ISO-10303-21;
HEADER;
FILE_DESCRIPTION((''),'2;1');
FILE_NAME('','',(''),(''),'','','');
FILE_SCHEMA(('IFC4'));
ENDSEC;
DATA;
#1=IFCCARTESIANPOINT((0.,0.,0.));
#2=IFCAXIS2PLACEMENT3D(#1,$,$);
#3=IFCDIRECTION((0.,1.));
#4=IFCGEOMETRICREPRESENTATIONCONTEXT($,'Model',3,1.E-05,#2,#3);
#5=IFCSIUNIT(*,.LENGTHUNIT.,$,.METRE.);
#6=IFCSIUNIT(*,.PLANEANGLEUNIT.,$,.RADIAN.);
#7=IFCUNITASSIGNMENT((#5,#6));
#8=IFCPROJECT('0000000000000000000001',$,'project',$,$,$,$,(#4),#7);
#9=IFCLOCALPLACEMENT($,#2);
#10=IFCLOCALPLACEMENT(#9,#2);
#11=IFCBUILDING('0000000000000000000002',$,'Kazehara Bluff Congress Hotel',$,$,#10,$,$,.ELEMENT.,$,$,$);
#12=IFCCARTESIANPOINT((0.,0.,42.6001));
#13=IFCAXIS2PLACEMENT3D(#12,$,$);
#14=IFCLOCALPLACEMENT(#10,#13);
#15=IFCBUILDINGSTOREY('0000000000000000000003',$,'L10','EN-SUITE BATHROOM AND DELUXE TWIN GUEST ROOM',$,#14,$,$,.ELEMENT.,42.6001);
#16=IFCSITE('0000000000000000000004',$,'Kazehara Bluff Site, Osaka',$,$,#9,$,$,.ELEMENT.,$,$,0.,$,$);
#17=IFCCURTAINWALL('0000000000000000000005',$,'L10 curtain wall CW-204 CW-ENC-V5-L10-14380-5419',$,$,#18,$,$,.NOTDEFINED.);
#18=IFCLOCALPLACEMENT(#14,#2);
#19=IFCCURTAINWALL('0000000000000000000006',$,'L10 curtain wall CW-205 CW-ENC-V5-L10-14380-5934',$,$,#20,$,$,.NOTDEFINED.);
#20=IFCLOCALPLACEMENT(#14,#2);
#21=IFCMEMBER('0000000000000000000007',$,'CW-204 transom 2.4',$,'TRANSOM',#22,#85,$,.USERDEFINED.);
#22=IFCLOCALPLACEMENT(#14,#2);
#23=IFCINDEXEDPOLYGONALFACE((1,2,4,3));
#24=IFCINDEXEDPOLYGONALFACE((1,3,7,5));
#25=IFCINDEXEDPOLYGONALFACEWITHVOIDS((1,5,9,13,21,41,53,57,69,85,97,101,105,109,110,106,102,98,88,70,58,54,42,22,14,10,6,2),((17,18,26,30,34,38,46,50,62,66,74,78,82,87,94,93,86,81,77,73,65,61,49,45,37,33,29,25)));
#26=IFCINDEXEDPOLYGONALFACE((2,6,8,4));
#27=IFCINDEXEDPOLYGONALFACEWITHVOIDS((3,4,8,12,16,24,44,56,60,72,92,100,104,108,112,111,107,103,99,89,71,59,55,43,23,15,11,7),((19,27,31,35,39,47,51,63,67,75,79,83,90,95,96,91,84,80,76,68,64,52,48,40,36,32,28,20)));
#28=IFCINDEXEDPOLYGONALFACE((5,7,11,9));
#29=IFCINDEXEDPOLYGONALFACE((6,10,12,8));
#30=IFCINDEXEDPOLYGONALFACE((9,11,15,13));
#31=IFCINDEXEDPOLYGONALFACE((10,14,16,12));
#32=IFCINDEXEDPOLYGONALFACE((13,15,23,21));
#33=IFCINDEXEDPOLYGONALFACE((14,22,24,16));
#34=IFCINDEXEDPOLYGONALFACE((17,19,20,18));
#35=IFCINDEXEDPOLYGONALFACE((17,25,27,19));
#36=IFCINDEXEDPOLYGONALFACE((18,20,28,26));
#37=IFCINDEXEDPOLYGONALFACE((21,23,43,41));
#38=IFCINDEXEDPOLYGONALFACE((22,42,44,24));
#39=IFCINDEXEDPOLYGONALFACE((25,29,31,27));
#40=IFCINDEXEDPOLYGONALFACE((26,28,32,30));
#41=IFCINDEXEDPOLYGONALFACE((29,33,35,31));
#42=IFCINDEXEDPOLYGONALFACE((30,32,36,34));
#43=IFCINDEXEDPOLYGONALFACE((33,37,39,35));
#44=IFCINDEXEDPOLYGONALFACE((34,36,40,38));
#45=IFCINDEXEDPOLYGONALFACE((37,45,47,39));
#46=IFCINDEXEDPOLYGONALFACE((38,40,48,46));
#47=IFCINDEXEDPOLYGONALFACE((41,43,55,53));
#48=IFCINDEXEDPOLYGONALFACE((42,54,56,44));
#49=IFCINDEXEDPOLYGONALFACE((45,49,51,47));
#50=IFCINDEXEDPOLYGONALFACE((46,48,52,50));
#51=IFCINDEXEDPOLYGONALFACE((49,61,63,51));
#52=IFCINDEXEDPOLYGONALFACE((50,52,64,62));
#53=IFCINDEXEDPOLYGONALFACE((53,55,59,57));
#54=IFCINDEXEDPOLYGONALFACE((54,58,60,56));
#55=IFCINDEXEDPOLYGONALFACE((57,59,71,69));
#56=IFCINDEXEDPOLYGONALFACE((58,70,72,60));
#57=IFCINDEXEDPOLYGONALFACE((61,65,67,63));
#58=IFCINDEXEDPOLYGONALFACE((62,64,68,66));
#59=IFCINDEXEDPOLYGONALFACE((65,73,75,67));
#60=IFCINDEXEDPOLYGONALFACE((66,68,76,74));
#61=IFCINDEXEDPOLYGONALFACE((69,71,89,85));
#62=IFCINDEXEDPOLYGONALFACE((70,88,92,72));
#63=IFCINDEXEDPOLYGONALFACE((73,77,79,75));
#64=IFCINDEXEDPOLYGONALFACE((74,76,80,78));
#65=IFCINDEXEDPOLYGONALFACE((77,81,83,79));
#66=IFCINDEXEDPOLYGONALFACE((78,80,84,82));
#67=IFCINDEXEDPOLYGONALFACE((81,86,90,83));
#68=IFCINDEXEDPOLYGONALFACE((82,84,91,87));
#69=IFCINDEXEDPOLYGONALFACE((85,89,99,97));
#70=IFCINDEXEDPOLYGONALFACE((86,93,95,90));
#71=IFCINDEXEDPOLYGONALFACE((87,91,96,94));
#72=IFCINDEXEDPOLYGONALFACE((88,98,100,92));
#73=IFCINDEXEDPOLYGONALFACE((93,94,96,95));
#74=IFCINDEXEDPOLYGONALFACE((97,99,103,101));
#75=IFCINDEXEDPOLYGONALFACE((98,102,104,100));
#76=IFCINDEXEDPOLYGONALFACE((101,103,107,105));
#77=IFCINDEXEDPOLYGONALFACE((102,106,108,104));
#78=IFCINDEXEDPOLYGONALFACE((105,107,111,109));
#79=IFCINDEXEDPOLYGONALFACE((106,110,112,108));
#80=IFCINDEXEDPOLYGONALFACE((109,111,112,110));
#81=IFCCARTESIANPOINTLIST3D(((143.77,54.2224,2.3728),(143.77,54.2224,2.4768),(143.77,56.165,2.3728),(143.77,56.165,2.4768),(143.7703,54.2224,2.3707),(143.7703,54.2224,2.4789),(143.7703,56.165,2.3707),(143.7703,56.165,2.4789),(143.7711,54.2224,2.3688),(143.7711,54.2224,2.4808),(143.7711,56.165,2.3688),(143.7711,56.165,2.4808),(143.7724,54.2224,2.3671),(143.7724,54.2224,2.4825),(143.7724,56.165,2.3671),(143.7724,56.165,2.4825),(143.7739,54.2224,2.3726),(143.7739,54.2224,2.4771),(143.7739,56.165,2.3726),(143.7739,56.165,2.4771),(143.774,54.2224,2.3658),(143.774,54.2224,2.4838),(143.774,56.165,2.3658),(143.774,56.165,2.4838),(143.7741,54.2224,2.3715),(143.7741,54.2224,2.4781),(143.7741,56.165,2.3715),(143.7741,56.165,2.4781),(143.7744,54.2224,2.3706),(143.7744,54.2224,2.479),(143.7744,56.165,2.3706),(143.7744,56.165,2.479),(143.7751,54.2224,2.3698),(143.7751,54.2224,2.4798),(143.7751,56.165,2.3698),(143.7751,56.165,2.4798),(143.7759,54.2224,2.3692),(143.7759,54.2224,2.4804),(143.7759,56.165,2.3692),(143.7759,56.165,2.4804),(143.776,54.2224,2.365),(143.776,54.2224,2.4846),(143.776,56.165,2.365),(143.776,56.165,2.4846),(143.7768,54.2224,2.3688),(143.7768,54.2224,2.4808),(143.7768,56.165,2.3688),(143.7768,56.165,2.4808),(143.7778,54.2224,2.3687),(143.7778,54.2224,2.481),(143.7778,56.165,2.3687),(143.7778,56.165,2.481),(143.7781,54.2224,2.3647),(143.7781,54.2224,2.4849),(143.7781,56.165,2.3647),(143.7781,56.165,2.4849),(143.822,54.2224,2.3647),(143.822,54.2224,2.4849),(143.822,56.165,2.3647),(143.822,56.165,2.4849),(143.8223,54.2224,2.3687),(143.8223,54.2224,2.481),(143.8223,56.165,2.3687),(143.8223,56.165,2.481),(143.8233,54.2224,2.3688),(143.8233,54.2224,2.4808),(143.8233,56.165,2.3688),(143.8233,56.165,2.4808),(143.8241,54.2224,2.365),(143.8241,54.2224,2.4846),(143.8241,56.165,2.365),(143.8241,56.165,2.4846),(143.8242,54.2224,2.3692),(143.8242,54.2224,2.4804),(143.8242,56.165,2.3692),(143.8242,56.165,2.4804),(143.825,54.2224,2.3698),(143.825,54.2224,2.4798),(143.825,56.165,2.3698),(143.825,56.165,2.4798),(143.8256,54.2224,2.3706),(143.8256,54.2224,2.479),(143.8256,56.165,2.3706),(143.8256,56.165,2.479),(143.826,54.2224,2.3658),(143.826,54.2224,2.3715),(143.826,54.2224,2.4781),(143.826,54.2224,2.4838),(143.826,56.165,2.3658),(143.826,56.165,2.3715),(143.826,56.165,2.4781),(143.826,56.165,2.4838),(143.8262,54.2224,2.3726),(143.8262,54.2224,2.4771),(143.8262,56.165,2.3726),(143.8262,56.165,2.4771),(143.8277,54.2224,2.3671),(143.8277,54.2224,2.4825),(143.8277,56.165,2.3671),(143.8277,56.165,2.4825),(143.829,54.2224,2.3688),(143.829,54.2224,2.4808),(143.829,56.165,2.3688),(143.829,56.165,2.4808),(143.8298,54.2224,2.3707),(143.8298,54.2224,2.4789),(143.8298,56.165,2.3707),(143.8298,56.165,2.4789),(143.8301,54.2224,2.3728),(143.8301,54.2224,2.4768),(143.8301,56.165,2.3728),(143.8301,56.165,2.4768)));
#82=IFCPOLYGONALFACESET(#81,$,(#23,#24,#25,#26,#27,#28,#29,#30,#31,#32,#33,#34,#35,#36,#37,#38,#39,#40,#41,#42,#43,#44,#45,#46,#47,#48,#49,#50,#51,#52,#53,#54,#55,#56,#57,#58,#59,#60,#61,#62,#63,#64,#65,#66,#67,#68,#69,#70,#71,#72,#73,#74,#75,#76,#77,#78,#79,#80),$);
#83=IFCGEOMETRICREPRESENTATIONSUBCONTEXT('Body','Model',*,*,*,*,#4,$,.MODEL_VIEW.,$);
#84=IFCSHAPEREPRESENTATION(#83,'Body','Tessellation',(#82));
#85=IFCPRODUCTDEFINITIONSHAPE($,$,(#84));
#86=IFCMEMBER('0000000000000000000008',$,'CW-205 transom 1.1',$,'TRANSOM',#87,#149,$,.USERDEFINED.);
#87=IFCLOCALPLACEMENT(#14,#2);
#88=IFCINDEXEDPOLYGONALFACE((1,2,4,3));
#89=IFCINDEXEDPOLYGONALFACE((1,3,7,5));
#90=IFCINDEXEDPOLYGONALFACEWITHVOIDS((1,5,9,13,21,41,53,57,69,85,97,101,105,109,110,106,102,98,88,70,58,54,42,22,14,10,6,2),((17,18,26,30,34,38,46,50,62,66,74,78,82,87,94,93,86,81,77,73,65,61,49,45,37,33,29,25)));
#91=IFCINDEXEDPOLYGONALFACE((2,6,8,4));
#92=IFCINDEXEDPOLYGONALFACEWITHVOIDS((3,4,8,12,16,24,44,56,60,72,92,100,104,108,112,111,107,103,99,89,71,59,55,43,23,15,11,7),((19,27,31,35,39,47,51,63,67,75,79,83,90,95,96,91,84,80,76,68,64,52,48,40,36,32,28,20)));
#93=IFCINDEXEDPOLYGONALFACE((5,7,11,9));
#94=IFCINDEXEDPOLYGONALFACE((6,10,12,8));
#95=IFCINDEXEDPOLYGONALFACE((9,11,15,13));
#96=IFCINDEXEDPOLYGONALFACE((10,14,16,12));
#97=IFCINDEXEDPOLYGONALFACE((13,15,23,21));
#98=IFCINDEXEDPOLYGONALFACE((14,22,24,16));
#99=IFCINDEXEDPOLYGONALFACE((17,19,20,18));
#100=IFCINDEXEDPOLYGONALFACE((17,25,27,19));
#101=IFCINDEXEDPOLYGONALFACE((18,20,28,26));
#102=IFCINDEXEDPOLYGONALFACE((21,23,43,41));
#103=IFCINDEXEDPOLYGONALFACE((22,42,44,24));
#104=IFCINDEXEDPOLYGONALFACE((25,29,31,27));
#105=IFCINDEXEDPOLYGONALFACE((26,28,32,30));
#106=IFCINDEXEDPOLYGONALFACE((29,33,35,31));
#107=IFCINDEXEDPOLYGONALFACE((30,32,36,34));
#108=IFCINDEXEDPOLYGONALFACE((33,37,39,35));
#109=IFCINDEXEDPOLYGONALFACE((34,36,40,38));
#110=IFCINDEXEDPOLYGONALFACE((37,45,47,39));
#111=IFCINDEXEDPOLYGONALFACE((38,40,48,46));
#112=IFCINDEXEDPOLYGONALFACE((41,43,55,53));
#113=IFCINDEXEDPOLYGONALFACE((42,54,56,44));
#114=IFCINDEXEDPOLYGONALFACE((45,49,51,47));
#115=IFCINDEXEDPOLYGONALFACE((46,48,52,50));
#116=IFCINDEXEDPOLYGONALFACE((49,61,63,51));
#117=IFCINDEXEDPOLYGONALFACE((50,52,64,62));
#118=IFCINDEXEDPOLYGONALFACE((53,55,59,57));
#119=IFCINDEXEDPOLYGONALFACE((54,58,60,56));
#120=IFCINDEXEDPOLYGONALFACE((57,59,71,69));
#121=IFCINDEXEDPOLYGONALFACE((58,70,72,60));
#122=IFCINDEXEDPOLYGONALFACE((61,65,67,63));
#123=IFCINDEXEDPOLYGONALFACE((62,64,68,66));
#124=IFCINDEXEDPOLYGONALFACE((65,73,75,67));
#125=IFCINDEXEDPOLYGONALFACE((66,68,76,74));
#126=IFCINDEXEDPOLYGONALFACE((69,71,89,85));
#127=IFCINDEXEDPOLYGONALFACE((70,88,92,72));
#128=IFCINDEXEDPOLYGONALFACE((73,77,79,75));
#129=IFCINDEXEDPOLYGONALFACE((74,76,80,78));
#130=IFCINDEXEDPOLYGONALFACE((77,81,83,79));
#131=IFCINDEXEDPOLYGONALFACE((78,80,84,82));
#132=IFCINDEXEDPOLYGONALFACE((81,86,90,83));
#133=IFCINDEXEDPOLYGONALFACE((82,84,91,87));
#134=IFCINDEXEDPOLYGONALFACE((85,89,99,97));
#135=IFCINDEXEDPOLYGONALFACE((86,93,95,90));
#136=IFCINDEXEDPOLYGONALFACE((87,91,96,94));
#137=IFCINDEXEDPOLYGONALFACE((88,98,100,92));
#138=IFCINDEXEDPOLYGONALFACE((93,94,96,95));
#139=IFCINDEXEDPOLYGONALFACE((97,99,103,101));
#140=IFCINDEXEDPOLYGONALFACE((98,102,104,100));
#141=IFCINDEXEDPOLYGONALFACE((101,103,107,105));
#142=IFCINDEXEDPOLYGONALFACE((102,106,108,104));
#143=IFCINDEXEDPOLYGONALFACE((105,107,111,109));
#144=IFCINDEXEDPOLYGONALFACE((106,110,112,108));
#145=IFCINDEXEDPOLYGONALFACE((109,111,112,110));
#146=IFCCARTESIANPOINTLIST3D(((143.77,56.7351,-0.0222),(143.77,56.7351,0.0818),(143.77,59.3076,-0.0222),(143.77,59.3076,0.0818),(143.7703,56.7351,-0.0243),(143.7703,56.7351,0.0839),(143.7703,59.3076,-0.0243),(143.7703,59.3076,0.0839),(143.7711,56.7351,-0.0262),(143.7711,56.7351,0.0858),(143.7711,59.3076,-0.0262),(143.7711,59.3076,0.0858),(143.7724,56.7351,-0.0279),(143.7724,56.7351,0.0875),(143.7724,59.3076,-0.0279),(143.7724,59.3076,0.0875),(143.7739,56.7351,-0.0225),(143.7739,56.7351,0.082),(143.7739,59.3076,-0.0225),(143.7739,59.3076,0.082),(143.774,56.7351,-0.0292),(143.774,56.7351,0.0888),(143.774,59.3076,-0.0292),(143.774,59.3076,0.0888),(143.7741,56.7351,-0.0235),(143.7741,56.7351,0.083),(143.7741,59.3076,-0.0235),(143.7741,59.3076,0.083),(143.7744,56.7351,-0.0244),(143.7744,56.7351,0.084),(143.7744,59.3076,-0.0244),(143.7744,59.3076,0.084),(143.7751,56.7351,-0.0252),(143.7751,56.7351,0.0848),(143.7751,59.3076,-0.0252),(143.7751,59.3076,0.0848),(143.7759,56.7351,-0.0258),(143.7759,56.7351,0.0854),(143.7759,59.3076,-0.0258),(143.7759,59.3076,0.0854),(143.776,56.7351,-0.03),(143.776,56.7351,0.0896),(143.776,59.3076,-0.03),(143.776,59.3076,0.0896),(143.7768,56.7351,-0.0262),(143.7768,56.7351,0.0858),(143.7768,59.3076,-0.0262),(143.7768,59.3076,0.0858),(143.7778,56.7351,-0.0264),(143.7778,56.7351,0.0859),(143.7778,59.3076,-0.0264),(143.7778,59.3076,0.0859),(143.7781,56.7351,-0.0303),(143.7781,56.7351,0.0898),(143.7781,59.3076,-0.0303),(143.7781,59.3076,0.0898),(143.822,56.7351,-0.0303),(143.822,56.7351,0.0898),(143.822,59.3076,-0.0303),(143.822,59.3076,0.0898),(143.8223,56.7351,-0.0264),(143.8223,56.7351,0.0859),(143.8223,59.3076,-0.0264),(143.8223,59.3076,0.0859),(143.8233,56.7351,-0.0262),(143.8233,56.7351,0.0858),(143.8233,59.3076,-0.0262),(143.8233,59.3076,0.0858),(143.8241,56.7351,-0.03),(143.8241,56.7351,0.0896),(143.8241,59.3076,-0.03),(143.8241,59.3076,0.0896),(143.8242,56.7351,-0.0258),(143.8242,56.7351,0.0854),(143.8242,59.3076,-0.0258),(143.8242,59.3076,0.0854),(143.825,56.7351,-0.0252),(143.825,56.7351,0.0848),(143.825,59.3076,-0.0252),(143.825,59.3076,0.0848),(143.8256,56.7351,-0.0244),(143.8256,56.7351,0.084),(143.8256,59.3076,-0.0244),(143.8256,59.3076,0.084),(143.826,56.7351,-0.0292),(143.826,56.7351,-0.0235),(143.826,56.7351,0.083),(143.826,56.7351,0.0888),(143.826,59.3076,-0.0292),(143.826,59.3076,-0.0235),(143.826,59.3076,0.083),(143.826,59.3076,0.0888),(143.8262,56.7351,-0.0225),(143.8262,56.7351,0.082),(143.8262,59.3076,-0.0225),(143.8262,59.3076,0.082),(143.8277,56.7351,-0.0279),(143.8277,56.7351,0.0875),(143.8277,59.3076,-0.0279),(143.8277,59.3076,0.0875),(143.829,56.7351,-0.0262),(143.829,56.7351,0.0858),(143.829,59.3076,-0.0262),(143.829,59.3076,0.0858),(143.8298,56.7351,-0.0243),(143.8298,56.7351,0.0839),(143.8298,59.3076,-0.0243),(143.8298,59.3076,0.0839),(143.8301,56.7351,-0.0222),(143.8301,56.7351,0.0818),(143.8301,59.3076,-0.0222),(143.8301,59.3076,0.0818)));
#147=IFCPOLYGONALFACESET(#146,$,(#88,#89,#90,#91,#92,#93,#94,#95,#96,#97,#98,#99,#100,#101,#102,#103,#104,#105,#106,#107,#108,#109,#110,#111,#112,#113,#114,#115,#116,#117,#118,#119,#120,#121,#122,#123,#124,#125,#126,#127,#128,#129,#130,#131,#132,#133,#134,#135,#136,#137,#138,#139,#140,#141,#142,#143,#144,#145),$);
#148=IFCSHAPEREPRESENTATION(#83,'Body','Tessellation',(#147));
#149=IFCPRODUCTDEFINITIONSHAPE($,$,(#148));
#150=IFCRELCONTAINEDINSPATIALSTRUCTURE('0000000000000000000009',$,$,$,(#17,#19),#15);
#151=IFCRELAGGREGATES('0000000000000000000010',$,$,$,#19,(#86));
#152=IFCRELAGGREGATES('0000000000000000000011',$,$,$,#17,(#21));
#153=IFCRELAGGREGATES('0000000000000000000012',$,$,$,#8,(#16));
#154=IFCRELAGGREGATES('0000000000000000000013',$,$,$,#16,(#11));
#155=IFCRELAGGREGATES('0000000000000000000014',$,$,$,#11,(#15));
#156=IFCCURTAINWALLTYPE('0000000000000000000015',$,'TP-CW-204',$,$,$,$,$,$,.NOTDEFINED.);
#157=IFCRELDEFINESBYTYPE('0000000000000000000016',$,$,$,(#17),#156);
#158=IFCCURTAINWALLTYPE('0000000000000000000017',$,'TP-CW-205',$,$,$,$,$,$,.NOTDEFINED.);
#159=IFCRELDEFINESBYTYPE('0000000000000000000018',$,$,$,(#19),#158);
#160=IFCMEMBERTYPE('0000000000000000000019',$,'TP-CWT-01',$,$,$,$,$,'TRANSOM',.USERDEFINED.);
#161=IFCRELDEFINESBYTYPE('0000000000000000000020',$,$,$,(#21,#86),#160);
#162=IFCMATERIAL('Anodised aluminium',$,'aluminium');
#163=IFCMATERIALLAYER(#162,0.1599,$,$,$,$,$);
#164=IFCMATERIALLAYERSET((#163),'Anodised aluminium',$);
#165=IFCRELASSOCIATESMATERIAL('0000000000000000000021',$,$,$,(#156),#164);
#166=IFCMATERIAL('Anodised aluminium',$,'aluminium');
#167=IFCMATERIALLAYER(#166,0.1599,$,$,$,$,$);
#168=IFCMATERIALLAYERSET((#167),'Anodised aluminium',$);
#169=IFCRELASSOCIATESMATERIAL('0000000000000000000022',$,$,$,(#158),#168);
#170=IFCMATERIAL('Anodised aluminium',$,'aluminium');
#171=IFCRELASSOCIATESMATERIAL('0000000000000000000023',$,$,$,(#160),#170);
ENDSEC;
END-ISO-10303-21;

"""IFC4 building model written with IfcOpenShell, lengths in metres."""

from ifc_helpers import new_model, si_unit, direction, frame, origin, origin_2d, place, context, subcontext, project, spatial, hollow_rectangle, extrude, material, layer, layer_set, material_profile, profile_set, type_object, element, aggregate, save


model = new_model("IFC4")

# Units and contexts
model_context = context("Model", 3, precision=1e-05, world=origin(), true_north=direction((0.0, 1.0)))
body_context = subcontext(model_context, "Body", "Model", "MODEL_VIEW")
ifc_project = project(units=[si_unit("LENGTHUNIT", "METRE"), si_unit("PLANEANGLEUNIT", "RADIAN")], contexts=[model_context])

# Site, building, storey
site_placement = place(None, origin())
site = spatial("IfcSite", under=ifc_project, at=site_placement, Name="Kazehara Bluff Site, Osaka", CompositionType="ELEMENT", RefElevation=0.0)
building_placement = place(site_placement, origin())
building = spatial("IfcBuilding", under=site, at=building_placement, Name="Kazehara Bluff Congress Hotel", CompositionType="ELEMENT")
storey_placement = place(building_placement, frame((0.0, 0.0, 42.6001)))
storey = spatial("IfcBuildingStorey", under=building, at=storey_placement, Name="L10", Description="EN-SUITE BATHROOM AND DELUXE TWIN GUEST ROOM", CompositionType="ELEMENT", Elevation=42.6001)

# Curtain walls
ifc_material_1 = material(Name="Anodised aluminium", Category="aluminium")
ifc_layer_1 = layer(ifc_material_1, 0.1599)
ifc_layer_set_1 = layer_set([ifc_layer_1], Name="Anodised aluminium")
curtain_wall_type_1 = type_object("IfcCurtainWallType", Name="TP-CW-204", PredefinedType="NOTDEFINED", material=ifc_layer_set_1)
curtain_wall_1_placement = place(storey_placement, origin())
curtain_wall_1 = element("IfcCurtainWall", 1, at=curtain_wall_1_placement, inside=storey, type_object=curtain_wall_type_1, Name="L10 curtain wall CW-204 CW-ENC-V5-L10-14380-5419", PredefinedType="NOTDEFINED")
ifc_material_2 = material(Name="Anodised aluminium", Category="aluminium")
ifc_layer_2 = layer(ifc_material_2, 0.1599)
ifc_layer_set_2 = layer_set([ifc_layer_2], Name="Anodised aluminium")
curtain_wall_type_2 = type_object("IfcCurtainWallType", Name="TP-CW-205", PredefinedType="NOTDEFINED", material=ifc_layer_set_2)
curtain_wall_2_placement = place(storey_placement, origin())
curtain_wall_2 = element("IfcCurtainWall", 2, at=curtain_wall_2_placement, inside=storey, type_object=curtain_wall_type_2, Name="L10 curtain wall CW-205 CW-ENC-V5-L10-14380-5934", PredefinedType="NOTDEFINED")

# Members
ifc_material_3 = material(Name="Anodised aluminium", Category="aluminium")
ifc_material_profile_1 = material_profile(ifc_material_3, hollow_rectangle(XDim=0.0601, YDim=0.1201, WallThickness=0.0039, InnerFilletRadius=0.0039, OuterFilletRadius=0.0081, at=origin_2d()))
ifc_profile_set_1 = profile_set([ifc_material_profile_1], Name="Anodised aluminium")
member_type_1 = type_object("IfcMemberType", Name="TP-CWT-01", ElementType="TRANSOM", PredefinedType="USERDEFINED", material=ifc_profile_set_1)
member_1_placement = place(storey_placement, frame((143.8, 54.2224, 2.4248), z_axis=(0.0, 1.0, 0.0), x_axis=(-1.0, 0.0, 0.0)))
member_1 = element("IfcMember", 3, at=member_1_placement, type_object=member_type_1, Name="CW-204 transom 2.4", ObjectType="TRANSOM", PredefinedType="USERDEFINED", context=body_context, shape_type="SweptSolid", body=[
    extrude(hollow_rectangle(XDim=0.0601, YDim=0.1201, WallThickness=0.0039, InnerFilletRadius=0.0039, OuterFilletRadius=0.0081, at=origin_2d()), origin(), (0.0, 0.0, 1.0), 1.9426),
])
member_2_placement = place(storey_placement, frame((143.8, 56.7351, 0.0298), z_axis=(0.0, 1.0, 0.0), x_axis=(-1.0, 0.0, 0.0)))
member_2 = element("IfcMember", 4, at=member_2_placement, type_object=member_type_1, Name="CW-205 transom 1.1", ObjectType="TRANSOM", PredefinedType="USERDEFINED", context=body_context, shape_type="SweptSolid", body=[
    extrude(hollow_rectangle(XDim=0.0601, YDim=0.1201, WallThickness=0.0039, InnerFilletRadius=0.0039, OuterFilletRadius=0.0081, at=origin_2d()), origin(), (0.0, 0.0, 1.0), 2.5725),
])

aggregate(curtain_wall_2, [member_2])
aggregate(curtain_wall_1, [member_1])

save(model, "model.ifc")
